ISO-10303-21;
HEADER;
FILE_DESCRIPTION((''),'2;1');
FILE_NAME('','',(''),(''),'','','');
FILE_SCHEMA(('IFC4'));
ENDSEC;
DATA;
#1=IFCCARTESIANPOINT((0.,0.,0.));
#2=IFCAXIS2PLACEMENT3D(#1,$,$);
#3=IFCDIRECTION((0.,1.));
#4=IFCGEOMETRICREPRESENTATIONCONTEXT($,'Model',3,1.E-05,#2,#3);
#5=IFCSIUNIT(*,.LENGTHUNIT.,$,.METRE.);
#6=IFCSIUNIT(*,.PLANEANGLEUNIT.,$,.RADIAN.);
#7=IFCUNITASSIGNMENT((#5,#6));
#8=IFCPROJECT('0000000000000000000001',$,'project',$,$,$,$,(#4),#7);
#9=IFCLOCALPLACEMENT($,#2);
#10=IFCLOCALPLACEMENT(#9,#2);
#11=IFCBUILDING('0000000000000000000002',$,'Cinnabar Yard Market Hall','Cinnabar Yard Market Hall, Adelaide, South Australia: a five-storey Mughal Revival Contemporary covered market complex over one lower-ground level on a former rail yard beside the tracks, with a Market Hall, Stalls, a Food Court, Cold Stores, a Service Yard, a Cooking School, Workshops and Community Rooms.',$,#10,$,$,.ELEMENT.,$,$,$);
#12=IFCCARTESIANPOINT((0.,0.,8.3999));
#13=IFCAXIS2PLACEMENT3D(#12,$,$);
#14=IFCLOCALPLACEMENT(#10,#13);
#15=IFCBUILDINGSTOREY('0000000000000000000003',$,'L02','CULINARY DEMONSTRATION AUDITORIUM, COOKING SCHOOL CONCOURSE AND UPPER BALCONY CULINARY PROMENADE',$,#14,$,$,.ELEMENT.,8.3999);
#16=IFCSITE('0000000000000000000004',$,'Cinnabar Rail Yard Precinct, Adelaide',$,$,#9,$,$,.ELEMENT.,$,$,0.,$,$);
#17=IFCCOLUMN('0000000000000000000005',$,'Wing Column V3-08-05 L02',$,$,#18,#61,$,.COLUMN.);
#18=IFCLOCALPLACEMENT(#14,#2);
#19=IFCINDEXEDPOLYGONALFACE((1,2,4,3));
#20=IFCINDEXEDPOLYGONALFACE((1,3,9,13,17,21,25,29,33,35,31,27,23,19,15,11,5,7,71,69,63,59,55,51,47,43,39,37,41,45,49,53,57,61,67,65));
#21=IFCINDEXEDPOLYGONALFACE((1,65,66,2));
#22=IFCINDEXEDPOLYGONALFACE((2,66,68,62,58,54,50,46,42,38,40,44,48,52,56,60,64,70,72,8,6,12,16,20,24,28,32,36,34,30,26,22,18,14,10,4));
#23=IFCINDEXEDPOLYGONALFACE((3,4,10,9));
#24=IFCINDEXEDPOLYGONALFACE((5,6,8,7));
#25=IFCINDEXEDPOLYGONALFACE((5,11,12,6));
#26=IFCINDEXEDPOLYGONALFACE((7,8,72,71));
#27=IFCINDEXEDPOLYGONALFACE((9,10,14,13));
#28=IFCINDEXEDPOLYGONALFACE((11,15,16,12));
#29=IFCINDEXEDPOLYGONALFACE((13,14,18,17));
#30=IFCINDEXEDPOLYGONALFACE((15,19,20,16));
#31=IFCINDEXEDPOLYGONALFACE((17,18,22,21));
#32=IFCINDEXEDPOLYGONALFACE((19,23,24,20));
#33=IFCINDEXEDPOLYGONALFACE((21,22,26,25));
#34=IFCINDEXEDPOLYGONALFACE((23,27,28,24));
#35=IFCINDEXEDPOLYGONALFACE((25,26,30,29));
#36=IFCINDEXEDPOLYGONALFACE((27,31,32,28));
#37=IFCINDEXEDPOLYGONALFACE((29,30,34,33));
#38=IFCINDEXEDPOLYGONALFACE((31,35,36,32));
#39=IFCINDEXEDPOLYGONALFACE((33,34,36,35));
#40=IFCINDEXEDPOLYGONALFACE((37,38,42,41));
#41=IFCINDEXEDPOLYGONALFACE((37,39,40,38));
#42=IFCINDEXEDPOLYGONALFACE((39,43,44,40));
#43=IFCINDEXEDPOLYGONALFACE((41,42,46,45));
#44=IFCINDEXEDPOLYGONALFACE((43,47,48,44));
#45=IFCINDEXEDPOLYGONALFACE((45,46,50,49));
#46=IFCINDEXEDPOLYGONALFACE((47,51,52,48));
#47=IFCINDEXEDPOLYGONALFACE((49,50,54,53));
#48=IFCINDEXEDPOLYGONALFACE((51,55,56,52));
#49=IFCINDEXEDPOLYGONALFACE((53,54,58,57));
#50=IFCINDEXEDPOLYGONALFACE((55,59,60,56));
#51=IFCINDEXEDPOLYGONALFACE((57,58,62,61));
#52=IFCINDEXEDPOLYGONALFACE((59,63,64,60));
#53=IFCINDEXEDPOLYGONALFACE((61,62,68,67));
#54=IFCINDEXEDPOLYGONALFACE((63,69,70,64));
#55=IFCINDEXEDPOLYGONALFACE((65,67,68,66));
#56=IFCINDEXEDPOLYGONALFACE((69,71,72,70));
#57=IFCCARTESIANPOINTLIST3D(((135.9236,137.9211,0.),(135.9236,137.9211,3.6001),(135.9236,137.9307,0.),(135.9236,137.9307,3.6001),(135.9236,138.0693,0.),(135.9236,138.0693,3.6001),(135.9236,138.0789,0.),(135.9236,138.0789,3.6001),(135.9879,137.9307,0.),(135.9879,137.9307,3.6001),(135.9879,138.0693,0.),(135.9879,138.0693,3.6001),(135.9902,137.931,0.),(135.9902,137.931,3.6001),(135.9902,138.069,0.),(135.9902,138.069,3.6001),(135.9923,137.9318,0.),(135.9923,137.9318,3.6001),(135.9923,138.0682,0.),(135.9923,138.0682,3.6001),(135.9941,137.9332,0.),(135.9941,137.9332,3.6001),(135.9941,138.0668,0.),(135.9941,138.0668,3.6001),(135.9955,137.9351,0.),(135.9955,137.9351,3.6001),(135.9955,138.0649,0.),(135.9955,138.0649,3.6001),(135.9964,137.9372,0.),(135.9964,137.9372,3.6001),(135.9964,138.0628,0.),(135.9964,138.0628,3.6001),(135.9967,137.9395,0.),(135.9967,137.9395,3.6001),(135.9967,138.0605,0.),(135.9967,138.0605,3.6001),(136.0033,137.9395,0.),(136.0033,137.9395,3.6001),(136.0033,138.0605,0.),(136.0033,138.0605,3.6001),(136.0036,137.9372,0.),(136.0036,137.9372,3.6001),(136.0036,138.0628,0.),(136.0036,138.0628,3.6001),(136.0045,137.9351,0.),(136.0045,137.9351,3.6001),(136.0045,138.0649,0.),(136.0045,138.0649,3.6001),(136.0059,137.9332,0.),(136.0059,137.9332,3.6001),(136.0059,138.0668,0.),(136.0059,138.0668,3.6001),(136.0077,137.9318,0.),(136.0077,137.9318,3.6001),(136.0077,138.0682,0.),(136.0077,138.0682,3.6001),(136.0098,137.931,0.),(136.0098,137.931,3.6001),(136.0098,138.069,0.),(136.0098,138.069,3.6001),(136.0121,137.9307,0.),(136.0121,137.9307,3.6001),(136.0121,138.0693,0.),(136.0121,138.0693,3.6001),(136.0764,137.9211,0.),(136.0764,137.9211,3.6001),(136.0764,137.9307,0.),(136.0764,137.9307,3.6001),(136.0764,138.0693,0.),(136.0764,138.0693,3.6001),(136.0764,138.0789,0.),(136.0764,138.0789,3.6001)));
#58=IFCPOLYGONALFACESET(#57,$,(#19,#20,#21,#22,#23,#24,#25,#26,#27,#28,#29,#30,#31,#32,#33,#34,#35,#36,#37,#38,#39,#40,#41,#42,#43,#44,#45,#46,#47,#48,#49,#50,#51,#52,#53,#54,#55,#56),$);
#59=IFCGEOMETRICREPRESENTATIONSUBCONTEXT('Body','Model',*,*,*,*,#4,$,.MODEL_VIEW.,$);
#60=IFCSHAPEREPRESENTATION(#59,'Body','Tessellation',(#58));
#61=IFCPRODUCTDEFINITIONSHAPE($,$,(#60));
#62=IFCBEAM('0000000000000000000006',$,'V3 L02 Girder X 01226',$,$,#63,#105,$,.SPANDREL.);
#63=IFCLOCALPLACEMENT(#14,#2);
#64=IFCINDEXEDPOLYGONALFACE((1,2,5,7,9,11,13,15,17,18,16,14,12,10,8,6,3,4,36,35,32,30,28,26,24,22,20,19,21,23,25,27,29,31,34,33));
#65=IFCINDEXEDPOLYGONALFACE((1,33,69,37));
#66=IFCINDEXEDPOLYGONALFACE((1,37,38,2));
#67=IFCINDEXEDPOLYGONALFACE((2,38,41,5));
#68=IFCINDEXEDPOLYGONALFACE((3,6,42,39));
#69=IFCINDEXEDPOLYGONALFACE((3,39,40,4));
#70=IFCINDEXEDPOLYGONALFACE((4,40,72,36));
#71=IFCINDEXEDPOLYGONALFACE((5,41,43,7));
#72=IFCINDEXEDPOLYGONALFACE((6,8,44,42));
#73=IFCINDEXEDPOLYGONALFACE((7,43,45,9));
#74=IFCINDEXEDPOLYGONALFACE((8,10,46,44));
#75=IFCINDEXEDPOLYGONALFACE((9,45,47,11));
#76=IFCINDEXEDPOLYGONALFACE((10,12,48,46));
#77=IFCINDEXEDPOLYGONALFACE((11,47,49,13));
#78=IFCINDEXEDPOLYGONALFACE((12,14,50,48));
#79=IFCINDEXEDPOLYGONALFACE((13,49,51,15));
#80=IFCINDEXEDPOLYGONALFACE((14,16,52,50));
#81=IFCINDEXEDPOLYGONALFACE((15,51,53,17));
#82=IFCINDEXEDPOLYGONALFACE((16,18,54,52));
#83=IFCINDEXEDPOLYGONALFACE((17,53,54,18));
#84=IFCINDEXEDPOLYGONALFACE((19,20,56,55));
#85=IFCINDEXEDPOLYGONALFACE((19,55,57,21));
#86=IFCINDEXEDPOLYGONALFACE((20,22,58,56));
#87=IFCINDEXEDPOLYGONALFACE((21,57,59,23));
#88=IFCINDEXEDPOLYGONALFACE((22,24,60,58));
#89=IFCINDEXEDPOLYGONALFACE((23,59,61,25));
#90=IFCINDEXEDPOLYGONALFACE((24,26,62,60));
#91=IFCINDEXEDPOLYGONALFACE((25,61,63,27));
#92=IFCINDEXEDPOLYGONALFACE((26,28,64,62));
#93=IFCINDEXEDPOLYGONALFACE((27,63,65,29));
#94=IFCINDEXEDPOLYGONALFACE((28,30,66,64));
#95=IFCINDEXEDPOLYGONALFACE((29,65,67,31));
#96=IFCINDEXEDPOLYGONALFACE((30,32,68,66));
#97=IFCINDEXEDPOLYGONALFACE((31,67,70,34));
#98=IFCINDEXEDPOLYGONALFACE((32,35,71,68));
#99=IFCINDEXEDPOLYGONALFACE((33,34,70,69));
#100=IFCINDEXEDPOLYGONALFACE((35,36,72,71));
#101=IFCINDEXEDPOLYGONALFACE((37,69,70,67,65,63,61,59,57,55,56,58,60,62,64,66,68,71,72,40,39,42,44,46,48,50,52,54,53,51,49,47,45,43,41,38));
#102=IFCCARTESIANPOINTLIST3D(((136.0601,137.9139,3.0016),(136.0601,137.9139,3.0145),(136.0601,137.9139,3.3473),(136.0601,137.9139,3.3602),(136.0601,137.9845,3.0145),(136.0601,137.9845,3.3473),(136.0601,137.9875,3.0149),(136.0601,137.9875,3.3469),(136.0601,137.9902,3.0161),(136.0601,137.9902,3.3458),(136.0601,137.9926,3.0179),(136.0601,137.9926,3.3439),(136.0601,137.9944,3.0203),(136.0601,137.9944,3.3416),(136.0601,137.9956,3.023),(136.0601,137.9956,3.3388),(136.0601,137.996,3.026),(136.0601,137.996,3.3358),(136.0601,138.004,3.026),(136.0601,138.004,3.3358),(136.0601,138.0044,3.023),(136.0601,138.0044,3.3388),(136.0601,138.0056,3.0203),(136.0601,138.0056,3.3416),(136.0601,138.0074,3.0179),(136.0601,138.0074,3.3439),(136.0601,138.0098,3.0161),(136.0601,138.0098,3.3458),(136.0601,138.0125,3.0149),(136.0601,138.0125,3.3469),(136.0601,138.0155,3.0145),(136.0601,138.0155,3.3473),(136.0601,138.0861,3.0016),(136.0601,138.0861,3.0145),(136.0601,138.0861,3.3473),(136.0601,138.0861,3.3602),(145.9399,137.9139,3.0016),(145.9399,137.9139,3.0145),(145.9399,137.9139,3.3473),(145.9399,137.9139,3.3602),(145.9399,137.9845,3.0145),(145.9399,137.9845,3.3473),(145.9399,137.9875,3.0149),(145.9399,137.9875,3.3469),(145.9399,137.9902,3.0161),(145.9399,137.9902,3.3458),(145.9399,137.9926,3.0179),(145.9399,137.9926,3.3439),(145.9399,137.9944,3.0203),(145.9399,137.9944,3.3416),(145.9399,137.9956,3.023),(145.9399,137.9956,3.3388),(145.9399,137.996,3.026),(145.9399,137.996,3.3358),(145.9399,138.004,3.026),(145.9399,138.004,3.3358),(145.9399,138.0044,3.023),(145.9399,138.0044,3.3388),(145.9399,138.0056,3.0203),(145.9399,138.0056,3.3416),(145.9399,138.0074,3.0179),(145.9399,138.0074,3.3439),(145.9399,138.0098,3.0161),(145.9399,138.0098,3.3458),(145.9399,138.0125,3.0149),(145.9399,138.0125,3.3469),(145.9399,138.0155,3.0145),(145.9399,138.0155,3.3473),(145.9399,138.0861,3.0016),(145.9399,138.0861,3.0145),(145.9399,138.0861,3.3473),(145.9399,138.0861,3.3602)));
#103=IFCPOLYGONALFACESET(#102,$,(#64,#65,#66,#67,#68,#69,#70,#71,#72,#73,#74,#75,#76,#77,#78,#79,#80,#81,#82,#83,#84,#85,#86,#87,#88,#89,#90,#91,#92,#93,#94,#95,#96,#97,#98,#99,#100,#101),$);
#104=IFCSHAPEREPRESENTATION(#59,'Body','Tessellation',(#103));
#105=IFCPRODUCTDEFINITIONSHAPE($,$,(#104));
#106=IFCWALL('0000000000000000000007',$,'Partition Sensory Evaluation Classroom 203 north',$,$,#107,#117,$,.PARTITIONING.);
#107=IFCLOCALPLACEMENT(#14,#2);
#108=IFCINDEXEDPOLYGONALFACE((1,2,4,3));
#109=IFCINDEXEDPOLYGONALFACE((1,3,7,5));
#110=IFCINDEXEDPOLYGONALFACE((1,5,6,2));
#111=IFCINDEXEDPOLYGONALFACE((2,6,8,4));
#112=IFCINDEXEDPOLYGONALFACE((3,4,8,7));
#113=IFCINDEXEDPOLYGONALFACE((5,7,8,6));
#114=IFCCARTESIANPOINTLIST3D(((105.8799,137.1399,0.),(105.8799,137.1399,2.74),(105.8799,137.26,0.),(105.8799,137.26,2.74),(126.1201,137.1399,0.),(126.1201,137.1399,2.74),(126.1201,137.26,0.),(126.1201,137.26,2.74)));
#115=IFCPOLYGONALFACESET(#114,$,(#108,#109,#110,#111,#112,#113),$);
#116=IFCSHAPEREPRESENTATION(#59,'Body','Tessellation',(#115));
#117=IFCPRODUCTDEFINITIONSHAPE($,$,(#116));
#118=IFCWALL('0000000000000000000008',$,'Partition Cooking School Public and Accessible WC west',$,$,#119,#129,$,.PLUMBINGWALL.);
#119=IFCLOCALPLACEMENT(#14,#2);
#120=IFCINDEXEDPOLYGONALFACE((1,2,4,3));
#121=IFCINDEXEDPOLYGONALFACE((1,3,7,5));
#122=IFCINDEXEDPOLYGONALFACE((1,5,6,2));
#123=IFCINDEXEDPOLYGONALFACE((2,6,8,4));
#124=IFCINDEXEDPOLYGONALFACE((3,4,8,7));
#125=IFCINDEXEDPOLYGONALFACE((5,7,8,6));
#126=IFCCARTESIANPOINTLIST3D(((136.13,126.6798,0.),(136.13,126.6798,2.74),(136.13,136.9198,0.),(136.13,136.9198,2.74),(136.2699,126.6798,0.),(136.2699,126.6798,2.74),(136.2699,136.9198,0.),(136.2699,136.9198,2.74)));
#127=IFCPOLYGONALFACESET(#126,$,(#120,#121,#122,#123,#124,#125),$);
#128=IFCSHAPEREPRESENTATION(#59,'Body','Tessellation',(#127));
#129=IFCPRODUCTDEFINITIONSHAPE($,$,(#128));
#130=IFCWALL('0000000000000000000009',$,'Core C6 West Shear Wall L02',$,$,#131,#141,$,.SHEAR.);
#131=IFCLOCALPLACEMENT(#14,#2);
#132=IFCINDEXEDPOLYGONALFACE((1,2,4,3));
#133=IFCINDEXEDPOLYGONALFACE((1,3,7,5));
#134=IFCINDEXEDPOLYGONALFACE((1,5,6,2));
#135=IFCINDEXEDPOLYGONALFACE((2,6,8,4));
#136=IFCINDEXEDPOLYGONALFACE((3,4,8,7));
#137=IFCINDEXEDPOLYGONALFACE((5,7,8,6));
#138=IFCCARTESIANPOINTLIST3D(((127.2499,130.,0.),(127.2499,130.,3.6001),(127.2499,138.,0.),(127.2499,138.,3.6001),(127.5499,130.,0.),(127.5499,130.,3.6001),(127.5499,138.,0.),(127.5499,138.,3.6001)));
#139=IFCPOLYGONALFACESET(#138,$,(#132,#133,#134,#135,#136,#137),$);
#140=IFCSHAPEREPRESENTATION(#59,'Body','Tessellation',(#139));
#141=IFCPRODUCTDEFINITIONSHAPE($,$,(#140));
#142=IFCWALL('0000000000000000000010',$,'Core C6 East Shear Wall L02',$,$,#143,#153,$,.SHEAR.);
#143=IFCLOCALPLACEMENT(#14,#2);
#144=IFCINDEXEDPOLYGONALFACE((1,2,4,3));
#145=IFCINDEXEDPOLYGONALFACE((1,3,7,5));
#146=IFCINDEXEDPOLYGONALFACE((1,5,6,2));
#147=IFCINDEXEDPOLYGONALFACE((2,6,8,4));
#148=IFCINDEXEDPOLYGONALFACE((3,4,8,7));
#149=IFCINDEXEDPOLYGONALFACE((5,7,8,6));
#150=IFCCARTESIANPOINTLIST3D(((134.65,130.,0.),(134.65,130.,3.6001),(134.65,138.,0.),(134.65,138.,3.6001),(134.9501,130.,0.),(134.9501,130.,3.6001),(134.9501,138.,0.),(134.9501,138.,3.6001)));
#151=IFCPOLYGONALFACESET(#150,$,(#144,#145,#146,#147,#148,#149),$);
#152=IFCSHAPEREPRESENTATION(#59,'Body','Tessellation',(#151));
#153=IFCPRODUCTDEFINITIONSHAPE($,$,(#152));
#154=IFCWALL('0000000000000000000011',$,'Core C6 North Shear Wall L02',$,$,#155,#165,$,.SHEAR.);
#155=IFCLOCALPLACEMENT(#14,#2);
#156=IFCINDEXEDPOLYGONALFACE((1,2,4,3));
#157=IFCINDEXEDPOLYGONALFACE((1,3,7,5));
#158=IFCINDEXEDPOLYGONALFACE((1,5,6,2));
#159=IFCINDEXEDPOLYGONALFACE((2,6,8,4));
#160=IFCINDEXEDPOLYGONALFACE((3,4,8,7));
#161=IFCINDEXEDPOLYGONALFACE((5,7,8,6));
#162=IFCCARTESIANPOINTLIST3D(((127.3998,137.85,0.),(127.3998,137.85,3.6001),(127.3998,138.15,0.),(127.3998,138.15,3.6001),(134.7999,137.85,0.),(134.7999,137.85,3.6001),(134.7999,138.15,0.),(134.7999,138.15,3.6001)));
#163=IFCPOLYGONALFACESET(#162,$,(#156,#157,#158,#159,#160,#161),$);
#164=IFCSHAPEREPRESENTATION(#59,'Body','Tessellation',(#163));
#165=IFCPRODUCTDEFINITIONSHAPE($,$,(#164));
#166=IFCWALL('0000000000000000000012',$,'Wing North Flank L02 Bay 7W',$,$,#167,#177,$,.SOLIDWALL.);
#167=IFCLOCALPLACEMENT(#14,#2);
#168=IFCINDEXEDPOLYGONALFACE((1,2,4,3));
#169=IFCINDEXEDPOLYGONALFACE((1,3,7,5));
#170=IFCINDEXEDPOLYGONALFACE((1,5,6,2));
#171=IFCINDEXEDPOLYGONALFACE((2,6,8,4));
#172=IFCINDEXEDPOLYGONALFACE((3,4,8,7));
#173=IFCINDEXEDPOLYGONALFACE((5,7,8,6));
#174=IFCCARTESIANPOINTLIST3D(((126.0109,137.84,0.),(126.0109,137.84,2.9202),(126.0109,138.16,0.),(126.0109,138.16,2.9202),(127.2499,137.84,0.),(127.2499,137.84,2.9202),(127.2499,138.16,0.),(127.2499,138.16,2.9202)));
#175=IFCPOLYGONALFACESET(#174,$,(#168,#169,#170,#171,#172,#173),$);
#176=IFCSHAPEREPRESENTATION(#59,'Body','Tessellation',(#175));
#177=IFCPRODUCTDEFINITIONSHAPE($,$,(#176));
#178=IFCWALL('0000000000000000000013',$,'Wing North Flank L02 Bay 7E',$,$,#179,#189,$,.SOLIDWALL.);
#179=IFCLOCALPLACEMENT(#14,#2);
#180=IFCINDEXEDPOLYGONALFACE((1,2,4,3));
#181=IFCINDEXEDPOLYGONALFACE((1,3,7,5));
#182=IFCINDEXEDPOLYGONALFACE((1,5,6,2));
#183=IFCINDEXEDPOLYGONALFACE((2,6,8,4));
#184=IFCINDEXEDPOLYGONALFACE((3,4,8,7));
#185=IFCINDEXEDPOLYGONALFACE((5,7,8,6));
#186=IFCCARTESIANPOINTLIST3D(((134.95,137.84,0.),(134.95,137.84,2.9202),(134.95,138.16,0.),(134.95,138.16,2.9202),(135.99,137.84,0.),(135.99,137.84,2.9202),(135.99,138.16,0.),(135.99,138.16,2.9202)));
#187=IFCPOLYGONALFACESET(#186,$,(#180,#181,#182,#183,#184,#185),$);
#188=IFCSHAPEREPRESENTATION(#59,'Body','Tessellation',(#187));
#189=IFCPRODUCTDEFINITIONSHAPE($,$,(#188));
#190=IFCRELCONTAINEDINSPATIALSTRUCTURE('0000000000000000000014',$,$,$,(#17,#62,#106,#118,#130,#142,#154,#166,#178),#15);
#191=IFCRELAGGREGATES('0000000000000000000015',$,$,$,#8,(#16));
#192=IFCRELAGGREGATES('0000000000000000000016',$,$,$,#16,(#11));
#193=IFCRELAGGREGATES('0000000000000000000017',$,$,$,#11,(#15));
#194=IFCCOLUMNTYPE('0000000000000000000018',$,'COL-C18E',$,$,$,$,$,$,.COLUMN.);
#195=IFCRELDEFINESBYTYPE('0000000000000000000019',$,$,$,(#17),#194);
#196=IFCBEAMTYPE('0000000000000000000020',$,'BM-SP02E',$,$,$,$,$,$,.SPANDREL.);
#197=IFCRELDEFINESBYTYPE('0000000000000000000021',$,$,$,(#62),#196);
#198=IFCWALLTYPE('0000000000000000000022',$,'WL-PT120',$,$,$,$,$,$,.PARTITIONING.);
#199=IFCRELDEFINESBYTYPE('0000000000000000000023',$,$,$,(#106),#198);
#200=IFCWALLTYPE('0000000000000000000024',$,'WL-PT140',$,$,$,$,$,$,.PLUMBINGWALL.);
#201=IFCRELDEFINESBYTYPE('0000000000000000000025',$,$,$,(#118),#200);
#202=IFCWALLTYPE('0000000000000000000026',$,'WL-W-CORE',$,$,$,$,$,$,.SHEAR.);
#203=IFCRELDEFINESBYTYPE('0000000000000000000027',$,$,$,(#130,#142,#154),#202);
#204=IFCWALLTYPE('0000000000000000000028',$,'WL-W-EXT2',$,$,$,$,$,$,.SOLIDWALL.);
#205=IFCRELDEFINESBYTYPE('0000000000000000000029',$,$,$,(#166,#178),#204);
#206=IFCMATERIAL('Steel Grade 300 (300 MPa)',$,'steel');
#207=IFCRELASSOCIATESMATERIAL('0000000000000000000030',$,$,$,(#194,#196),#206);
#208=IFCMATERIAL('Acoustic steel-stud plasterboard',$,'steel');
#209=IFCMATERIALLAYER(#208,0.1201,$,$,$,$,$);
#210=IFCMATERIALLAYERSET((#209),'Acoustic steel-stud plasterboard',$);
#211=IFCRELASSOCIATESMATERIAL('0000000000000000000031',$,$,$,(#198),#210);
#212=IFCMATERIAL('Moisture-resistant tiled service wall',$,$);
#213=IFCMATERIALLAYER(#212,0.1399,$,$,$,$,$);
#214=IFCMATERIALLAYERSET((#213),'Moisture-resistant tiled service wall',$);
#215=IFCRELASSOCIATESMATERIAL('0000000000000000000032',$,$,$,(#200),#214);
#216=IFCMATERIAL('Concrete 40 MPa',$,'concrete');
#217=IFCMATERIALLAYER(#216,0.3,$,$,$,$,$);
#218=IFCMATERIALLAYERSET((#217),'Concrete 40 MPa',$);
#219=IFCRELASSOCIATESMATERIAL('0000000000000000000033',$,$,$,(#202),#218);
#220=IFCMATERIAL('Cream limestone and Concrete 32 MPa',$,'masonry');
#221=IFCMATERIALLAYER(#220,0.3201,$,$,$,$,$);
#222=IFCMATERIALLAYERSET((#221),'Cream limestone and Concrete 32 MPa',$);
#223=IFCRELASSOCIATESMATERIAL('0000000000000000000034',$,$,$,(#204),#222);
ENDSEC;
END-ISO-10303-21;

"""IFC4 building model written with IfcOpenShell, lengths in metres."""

from ifc_helpers import new_model, si_unit, direction, frame, frame_2d, origin, origin_2d_with_axis, place, context, subcontext, project, spatial, rectangle, i_section, extrude, material, layer, layer_set, material_profile, profile_set, type_object, element, save


model = new_model("IFC4")

# Units and contexts
model_context = context("Model", 3, precision=1e-05, world=origin(), true_north=direction((0.0, 1.0)))
body_context = subcontext(model_context, "Body", "Model", "MODEL_VIEW")
ifc_project = project(units=[si_unit("LENGTHUNIT", "METRE"), si_unit("PLANEANGLEUNIT", "RADIAN")], contexts=[model_context])

# Site, building, storey
site_placement = place(None, origin())
site = spatial("IfcSite", under=ifc_project, at=site_placement, Name="Cinnabar Rail Yard Precinct, Adelaide", CompositionType="ELEMENT", RefElevation=0.0)
building_placement = place(site_placement, origin())
building = spatial("IfcBuilding", under=site, at=building_placement, Name="Cinnabar Yard Market Hall", Description="Cinnabar Yard Market Hall, Adelaide, South Australia: a five-storey Mughal Revival Contemporary covered market complex over one lower-ground level on a former rail yard beside the tracks, with a Market Hall, Stalls, a Food Court, Cold Stores, a Service Yard, a Cooking School, Workshops and Community Rooms.", CompositionType="ELEMENT")
storey_placement = place(building_placement, frame((0.0, 0.0, 8.3999)))
storey = spatial("IfcBuildingStorey", under=building, at=storey_placement, Name="L02", Description="CULINARY DEMONSTRATION AUDITORIUM, COOKING SCHOOL CONCOURSE AND UPPER BALCONY CULINARY PROMENADE", CompositionType="ELEMENT", Elevation=8.3999)

# Column
ifc_material_1 = material(Name="Steel Grade 300 (300 MPa)", Category="steel")
ifc_material_profile_1 = material_profile(ifc_material_1, i_section(OverallWidth=0.1528, OverallDepth=0.1577, WebThickness=0.0066, FlangeThickness=0.0095, FilletRadius=0.0088, at=origin_2d_with_axis()), Name="150UC30.0")
ifc_profile_set_1 = profile_set([ifc_material_profile_1], Name="Steel Grade 300 (300 MPa)")
column_type = type_object("IfcColumnType", Name="COL-C18E", PredefinedType="COLUMN", material=ifc_profile_set_1)
column_placement = place(storey_placement, frame((136.0, 138.0, 0.0), z_axis=(0.0, 0.0, 1.0), x_axis=(1.0, 0.0, 0.0)))
element("IfcColumn", 1, at=column_placement, inside=storey, type_object=column_type, Name="Wing Column V3-08-05 L02", PredefinedType="COLUMN", context=body_context, shape_type="SweptSolid", body=[
    extrude(i_section(OverallWidth=0.1528, OverallDepth=0.1577, WebThickness=0.0066, FlangeThickness=0.0095, FilletRadius=0.0088, at=origin_2d_with_axis()), origin(), (0.0, 0.0, 1.0), 3.6001),
])

# Beam
ifc_material_profile_2 = material_profile(ifc_material_1, i_section(OverallWidth=0.1721, OverallDepth=0.3586, WebThickness=0.0081, FlangeThickness=0.0129, FilletRadius=0.0115, at=origin_2d_with_axis()), Name="360UB56.7")
ifc_profile_set_2 = profile_set([ifc_material_profile_2], Name="Steel Grade 300 (300 MPa)")
beam_type = type_object("IfcBeamType", Name="BM-SP02E", PredefinedType="SPANDREL", material=ifc_profile_set_2)
beam_placement = place(storey_placement, frame((136.0601, 138.0, 3.1809), z_axis=(1.0, 0.0, 0.0), x_axis=(0.0, 1.0, 0.0)))
element("IfcBeam", 2, at=beam_placement, inside=storey, type_object=beam_type, Name="V3 L02 Girder X 01226", PredefinedType="SPANDREL", context=body_context, shape_type="SweptSolid", body=[
    extrude(i_section(OverallWidth=0.1721, OverallDepth=0.3586, WebThickness=0.0081, FlangeThickness=0.0129, FilletRadius=0.0115, at=origin_2d_with_axis()), origin(), (0.0, 0.0, 1.0), 9.8799),
])

# Walls
ifc_material_2 = material(Name="Acoustic steel-stud plasterboard", Category="steel")
ifc_layer_1 = layer(ifc_material_2, 0.1201)
ifc_layer_set_1 = layer_set([ifc_layer_1], Name="Acoustic steel-stud plasterboard")
wall_type_1 = type_object("IfcWallType", Name="WL-PT120", PredefinedType="PARTITIONING", material=ifc_layer_set_1)
wall_1_placement = place(storey_placement, frame((126.1201, 137.2, 0.0), z_axis=(0.0, 0.0, 1.0), x_axis=(-1.0, 0.0, 0.0)))
element("IfcWall", 3, at=wall_1_placement, inside=storey, type_object=wall_type_1, Name="Partition Sensory Evaluation Classroom 203 north", PredefinedType="PARTITIONING", context=body_context, shape_type="SweptSolid", body=[
    extrude(rectangle(XDim=20.2402, YDim=0.1201, at=frame_2d((10.1201, 0.0), x_axis=(1.0, 0.0))), origin(), (0.0, 0.0, 1.0), 2.74),
])
ifc_material_3 = material(Name="Moisture-resistant tiled service wall")
ifc_layer_2 = layer(ifc_material_3, 0.1399)
ifc_layer_set_2 = layer_set([ifc_layer_2], Name="Moisture-resistant tiled service wall")
wall_type_2 = type_object("IfcWallType", Name="WL-PT140", PredefinedType="PLUMBINGWALL", material=ifc_layer_set_2)
wall_2_placement = place(storey_placement, frame((136.2, 136.9199, 0.0), z_axis=(0.0, 0.0, 1.0), x_axis=(0.0, -1.0, 0.0)))
element("IfcWall", 4, at=wall_2_placement, inside=storey, type_object=wall_type_2, Name="Partition Cooking School Public and Accessible WC west", PredefinedType="PLUMBINGWALL", context=body_context, shape_type="SweptSolid", body=[
    extrude(rectangle(XDim=10.24, YDim=0.1399, at=frame_2d((5.1201, 0.0), x_axis=(1.0, 0.0))), origin(), (0.0, 0.0, 1.0), 2.74),
])
ifc_material_4 = material(Name="Concrete 40 MPa", Category="concrete")
ifc_layer_3 = layer(ifc_material_4, 0.3)
ifc_layer_set_3 = layer_set([ifc_layer_3], Name="Concrete 40 MPa")
wall_type_3 = type_object("IfcWallType", Name="WL-W-CORE", PredefinedType="SHEAR", material=ifc_layer_set_3)
for number, where, z_axis, x_axis, name in (
    (5, (127.3999, 138.0, 0.0), (0.0, 0.0, 1.0), (0.0, -1.0, 0.0), "Core C6 West Shear Wall L02"),
    (6, (134.8, 130.0, 0.0), (0.0, 0.0, 1.0), (0.0, 1.0, 0.0), "Core C6 East Shear Wall L02"),
):
    element("IfcWall", number, at=place(storey_placement, frame(where, z_axis=z_axis, x_axis=x_axis)), inside=storey, type_object=wall_type_3, Name=name, PredefinedType="SHEAR", context=body_context, shape_type="SweptSolid", body=[
        extrude(rectangle(XDim=8.0, YDim=0.3, at=frame_2d((4.0, 0.0), x_axis=(1.0, 0.0))), origin(), (0.0, 0.0, 1.0), 3.6001),
    ])
wall_3_placement = place(storey_placement, frame((134.8, 138.0, 0.0), z_axis=(0.0, 0.0, 1.0), x_axis=(-1.0, 0.0, 0.0)))
element("IfcWall", 7, at=wall_3_placement, inside=storey, type_object=wall_type_3, Name="Core C6 North Shear Wall L02", PredefinedType="SHEAR", context=body_context, shape_type="SweptSolid", body=[
    extrude(rectangle(XDim=7.4001, YDim=0.3, at=frame_2d((3.7002, 0.0), x_axis=(1.0, 0.0))), origin(), (0.0, 0.0, 1.0), 3.6001),
])
ifc_material_5 = material(Name="Cream limestone and Concrete 32 MPa", Category="masonry")
ifc_layer_4 = layer(ifc_material_5, 0.3201)
ifc_layer_set_4 = layer_set([ifc_layer_4], Name="Cream limestone and Concrete 32 MPa")
wall_type_4 = type_object("IfcWallType", Name="WL-W-EXT2", PredefinedType="SOLIDWALL", material=ifc_layer_set_4)
wall_4_placement = place(storey_placement, frame((127.25, 138.0, 0.0), z_axis=(0.0, 0.0, 1.0), x_axis=(-1.0, 0.0, 0.0)))
element("IfcWall", 8, at=wall_4_placement, inside=storey, type_object=wall_type_4, Name="Wing North Flank L02 Bay 7W", PredefinedType="SOLIDWALL", context=body_context, shape_type="SweptSolid", body=[
    extrude(rectangle(XDim=1.239, YDim=0.3201, at=frame_2d((0.6196, 0.0), x_axis=(1.0, 0.0))), origin(), (0.0, 0.0, 1.0), 2.9202),
])
wall_5_placement = place(storey_placement, frame((135.99, 138.0, 0.0), z_axis=(0.0, 0.0, 1.0), x_axis=(-1.0, 0.0, 0.0)))
element("IfcWall", 9, at=wall_5_placement, inside=storey, type_object=wall_type_4, Name="Wing North Flank L02 Bay 7E", PredefinedType="SOLIDWALL", context=body_context, shape_type="SweptSolid", body=[
    extrude(rectangle(XDim=1.04, YDim=0.3201, at=frame_2d((0.52, 0.0), x_axis=(1.0, 0.0))), origin(), (0.0, 0.0, 1.0), 2.9202),
])

save(model, "model.ifc")
